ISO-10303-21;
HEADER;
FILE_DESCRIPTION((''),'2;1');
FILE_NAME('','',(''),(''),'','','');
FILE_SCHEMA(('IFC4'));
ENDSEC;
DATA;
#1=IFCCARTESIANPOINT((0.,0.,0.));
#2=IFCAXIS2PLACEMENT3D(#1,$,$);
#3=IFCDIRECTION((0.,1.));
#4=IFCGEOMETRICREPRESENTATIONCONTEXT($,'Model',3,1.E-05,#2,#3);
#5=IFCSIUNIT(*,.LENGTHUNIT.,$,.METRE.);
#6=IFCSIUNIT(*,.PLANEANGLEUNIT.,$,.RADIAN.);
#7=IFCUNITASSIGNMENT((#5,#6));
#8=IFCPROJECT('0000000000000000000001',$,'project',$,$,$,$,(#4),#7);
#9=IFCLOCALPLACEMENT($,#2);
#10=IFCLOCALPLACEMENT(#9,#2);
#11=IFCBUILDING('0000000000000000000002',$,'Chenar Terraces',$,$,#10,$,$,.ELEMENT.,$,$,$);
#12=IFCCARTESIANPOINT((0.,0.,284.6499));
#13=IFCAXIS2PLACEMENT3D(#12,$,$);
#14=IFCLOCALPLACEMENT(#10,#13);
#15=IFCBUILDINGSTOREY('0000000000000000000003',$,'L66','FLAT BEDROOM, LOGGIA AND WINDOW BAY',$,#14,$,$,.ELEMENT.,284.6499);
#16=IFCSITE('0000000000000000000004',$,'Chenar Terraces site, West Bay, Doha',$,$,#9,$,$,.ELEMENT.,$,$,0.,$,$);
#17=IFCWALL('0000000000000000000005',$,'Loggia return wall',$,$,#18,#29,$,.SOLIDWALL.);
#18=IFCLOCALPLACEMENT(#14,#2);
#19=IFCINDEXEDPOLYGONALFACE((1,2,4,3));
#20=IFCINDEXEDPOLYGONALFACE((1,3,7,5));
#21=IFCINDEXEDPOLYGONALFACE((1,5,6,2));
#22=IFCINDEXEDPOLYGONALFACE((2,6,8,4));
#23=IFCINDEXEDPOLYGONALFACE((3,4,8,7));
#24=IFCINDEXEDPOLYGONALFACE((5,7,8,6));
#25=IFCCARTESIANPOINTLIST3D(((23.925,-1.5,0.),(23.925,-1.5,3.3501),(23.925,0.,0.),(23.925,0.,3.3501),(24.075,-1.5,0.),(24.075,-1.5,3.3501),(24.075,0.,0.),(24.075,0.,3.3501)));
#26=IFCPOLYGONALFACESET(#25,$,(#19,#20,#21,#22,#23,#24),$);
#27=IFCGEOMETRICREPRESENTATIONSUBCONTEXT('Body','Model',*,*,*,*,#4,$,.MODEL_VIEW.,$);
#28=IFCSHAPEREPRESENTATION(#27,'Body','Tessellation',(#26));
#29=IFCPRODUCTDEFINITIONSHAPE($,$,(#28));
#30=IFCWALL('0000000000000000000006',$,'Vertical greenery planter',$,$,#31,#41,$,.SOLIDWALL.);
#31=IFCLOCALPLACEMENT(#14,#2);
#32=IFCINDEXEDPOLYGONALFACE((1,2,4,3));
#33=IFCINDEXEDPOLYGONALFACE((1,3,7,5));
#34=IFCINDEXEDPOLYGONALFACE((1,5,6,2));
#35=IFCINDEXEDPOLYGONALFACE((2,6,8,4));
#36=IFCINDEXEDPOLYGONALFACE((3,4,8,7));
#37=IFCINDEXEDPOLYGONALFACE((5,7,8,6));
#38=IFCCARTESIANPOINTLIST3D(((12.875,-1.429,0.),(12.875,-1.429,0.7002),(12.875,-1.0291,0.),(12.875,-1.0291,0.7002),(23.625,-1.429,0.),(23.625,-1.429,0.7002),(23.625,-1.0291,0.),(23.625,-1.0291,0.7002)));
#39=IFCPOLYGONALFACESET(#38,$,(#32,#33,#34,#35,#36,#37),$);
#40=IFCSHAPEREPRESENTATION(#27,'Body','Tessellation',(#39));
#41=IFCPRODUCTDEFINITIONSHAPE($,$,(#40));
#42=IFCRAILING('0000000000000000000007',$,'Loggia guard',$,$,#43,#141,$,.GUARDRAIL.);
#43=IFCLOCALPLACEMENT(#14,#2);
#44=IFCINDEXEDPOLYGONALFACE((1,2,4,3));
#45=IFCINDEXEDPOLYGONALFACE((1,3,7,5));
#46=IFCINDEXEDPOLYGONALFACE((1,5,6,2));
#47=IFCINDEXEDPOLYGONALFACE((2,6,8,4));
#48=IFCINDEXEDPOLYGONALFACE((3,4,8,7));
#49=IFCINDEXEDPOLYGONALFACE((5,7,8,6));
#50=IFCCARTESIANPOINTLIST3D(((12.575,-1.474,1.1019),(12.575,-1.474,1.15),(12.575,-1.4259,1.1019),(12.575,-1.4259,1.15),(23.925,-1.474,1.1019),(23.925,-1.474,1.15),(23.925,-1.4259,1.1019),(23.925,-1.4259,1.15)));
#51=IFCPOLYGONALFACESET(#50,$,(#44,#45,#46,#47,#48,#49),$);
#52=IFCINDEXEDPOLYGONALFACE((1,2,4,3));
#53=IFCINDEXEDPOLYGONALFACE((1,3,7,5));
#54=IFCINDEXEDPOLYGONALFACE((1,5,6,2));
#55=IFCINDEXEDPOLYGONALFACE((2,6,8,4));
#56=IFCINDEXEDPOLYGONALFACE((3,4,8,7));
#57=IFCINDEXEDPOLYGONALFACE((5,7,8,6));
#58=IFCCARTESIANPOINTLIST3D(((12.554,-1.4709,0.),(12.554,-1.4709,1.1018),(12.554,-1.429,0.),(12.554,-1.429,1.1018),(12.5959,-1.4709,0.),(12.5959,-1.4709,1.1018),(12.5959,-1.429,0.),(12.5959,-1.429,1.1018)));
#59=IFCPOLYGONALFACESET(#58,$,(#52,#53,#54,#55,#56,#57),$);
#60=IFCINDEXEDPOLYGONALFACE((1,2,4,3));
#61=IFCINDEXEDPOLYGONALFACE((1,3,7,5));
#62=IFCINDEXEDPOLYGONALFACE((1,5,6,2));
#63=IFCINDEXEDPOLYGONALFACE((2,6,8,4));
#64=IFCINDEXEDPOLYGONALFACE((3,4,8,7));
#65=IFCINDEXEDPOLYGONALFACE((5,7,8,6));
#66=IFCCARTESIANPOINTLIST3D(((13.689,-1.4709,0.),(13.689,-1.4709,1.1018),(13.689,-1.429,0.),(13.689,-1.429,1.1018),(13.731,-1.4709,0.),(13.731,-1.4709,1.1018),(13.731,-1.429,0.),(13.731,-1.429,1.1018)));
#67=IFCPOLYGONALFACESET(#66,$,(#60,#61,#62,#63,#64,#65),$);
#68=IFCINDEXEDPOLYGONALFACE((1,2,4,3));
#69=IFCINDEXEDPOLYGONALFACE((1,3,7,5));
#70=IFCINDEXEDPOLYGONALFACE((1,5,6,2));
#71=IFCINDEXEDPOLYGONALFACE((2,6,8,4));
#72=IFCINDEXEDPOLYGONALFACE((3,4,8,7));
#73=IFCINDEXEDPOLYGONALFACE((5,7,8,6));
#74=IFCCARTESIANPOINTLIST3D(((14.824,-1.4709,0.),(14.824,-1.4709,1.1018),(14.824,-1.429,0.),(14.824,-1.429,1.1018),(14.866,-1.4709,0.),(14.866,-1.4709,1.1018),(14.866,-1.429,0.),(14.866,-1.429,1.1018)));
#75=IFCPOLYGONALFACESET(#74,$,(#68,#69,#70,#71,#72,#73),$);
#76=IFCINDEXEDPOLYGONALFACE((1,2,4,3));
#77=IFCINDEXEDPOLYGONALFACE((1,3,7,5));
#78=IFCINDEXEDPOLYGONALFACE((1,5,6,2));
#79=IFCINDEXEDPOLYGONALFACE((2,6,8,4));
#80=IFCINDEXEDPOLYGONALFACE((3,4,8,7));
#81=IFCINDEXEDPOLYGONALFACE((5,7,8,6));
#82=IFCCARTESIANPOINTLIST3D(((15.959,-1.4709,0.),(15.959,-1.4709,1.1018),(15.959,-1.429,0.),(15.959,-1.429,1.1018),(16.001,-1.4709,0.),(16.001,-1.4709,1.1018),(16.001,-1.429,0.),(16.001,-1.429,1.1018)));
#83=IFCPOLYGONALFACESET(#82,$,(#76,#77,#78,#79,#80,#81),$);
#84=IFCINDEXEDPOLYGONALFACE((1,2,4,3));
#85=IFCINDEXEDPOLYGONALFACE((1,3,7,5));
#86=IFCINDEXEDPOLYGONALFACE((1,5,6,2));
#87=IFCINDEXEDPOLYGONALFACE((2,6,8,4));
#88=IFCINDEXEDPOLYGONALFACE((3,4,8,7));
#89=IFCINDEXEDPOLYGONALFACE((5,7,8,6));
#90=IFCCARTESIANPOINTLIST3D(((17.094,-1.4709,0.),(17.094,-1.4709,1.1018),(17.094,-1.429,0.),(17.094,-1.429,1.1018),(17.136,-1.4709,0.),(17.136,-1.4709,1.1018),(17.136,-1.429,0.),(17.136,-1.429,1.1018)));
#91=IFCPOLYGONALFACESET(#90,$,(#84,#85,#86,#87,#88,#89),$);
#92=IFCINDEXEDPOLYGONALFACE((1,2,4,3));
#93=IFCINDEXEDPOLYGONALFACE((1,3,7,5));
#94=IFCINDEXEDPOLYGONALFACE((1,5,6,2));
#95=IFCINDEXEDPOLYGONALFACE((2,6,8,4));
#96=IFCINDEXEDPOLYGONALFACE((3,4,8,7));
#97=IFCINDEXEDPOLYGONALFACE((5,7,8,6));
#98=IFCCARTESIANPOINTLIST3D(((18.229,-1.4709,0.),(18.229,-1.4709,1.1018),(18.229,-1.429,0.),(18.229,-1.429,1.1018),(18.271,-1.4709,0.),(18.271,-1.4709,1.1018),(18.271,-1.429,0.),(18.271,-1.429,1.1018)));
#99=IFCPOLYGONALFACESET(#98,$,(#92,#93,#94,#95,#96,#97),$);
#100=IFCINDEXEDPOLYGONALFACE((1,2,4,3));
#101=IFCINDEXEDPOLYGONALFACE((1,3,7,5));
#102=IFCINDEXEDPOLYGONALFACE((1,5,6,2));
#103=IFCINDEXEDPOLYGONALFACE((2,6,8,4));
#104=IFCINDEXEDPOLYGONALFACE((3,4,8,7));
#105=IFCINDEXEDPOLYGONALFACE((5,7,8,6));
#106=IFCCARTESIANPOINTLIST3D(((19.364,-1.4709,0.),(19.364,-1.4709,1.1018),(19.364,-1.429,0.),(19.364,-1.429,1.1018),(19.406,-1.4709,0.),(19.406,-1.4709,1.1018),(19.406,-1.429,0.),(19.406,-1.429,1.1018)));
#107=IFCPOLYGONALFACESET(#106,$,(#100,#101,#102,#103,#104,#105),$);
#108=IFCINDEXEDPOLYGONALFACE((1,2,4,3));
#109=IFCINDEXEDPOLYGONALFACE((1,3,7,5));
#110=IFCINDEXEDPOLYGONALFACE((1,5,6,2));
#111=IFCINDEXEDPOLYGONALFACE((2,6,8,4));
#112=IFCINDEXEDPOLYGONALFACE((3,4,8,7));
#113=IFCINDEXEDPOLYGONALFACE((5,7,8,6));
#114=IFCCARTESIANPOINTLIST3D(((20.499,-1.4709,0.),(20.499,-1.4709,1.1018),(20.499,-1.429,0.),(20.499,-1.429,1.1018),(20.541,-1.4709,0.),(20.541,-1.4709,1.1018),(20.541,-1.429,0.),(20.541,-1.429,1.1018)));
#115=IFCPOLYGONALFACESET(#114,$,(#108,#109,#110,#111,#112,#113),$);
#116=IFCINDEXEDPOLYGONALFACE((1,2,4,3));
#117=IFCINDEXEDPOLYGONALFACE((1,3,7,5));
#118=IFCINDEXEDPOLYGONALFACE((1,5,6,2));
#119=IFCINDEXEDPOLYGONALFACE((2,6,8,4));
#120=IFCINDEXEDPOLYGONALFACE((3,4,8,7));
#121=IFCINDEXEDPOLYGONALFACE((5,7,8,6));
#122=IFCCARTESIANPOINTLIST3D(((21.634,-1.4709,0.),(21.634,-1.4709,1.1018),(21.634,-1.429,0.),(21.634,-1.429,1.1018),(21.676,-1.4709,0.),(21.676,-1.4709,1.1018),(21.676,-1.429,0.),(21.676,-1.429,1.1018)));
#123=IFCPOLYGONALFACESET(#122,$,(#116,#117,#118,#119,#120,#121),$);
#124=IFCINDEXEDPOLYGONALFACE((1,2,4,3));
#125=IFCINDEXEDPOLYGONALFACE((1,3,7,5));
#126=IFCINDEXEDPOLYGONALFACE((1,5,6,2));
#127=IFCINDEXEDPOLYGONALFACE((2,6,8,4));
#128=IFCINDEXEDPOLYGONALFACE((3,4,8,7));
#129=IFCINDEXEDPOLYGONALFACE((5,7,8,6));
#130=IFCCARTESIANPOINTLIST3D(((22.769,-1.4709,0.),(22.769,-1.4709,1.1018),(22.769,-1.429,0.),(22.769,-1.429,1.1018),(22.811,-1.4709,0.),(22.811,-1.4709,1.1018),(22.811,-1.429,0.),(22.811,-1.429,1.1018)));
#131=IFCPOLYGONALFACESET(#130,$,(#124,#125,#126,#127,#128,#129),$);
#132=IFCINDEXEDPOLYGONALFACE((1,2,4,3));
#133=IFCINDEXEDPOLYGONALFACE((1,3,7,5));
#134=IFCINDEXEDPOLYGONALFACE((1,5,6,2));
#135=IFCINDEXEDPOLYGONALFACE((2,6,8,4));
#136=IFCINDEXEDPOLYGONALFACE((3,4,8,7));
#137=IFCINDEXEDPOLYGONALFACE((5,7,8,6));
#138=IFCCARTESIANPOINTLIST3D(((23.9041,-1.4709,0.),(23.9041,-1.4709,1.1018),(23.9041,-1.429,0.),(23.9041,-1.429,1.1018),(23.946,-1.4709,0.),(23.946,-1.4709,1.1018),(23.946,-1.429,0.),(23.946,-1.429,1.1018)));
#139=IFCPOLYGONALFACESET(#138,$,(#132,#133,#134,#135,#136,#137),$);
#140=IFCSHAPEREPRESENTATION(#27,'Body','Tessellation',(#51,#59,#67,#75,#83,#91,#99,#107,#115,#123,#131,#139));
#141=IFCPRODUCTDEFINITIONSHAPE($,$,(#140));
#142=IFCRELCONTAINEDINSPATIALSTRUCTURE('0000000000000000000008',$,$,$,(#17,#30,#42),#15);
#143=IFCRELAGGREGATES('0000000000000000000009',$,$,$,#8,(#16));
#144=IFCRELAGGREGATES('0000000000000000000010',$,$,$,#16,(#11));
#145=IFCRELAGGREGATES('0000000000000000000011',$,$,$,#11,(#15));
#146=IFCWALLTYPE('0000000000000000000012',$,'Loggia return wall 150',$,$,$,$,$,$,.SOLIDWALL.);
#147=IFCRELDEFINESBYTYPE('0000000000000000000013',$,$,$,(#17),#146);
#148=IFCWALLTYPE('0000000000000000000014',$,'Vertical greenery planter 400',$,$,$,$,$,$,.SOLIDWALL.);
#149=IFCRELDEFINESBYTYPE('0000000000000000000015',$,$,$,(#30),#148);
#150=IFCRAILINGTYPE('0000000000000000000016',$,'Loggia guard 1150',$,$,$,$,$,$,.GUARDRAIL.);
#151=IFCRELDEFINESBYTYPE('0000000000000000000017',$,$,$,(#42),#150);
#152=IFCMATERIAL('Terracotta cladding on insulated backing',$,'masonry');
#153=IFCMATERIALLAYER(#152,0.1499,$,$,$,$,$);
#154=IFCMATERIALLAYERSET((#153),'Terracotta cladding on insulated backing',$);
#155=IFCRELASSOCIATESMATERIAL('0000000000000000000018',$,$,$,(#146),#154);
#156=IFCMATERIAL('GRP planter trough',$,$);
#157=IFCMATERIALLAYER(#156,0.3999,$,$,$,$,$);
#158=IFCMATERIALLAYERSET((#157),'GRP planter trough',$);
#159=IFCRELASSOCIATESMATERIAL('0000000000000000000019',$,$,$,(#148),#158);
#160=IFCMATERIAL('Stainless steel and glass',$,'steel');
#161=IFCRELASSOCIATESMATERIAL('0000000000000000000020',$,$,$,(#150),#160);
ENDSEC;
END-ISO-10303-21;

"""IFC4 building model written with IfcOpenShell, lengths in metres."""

from ifc_helpers import new_model, si_unit, direction, frame, frame_2d, origin, origin_2d, place, context, subcontext, project, spatial, rectangle, extrude, material, layer, layer_set, type_object, element, save


model = new_model("IFC4")

# Units and contexts
model_context = context("Model", 3, precision=1e-05, world=origin(), true_north=direction((0.0, 1.0)))
body_context = subcontext(model_context, "Body", "Model", "MODEL_VIEW")
ifc_project = project(units=[si_unit("LENGTHUNIT", "METRE"), si_unit("PLANEANGLEUNIT", "RADIAN")], contexts=[model_context])

# Site, building, storey
site_placement = place(None, origin())
site = spatial("IfcSite", under=ifc_project, at=site_placement, Name="Chenar Terraces site, West Bay, Doha", CompositionType="ELEMENT", RefElevation=0.0)
building_placement = place(site_placement, origin())
building = spatial("IfcBuilding", under=site, at=building_placement, Name="Chenar Terraces", CompositionType="ELEMENT")
storey_placement = place(building_placement, frame((0.0, 0.0, 284.6499)))
storey = spatial("IfcBuildingStorey", under=building, at=storey_placement, Name="L66", Description="FLAT BEDROOM, LOGGIA AND WINDOW BAY", CompositionType="ELEMENT", Elevation=284.6499)

# Walls
ifc_material_1 = material(Name="Terracotta cladding on insulated backing", Category="masonry")
ifc_layer_1 = layer(ifc_material_1, 0.1499)
ifc_layer_set_1 = layer_set([ifc_layer_1], Name="Terracotta cladding on insulated backing")
wall_type_1 = type_object("IfcWallType", Name="Loggia return wall 150", PredefinedType="SOLIDWALL", material=ifc_layer_set_1)
for number, where, z_axis, x_axis, name in (
    (1, (24.0, -1.5, 0.0), (0.0, 0.0, 1.0), (0.0, 1.0, 0.0), "Loggia return wall"),
):
    element("IfcWall", number, at=place(storey_placement, frame(where, z_axis=z_axis, x_axis=x_axis)), inside=storey, type_object=wall_type_1, Name=name, PredefinedType="SOLIDWALL", context=body_context, shape_type="SweptSolid", body=[
        extrude(rectangle(XDim=1.5, YDim=0.1499, at=frame_2d((0.75, 0.0))), origin(), (0.0, 0.0, 1.0), 3.3501),
    ])
ifc_material_2 = material(Name="GRP planter trough")
ifc_layer_2 = layer(ifc_material_2, 0.3999)
ifc_layer_set_2 = layer_set([ifc_layer_2], Name="GRP planter trough")
wall_type_2 = type_object("IfcWallType", Name="Vertical greenery planter 400", PredefinedType="SOLIDWALL", material=ifc_layer_set_2)
wall_1_placement = place(storey_placement, frame((12.875, -1.229, 0.0), z_axis=(0.0, 0.0, 1.0), x_axis=(1.0, 0.0, 0.0)))
element("IfcWall", 2, at=wall_1_placement, inside=storey, type_object=wall_type_2, Name="Vertical greenery planter", PredefinedType="SOLIDWALL", context=body_context, shape_type="SweptSolid", body=[
    extrude(rectangle(XDim=10.75, YDim=0.3999, at=frame_2d((5.375, 0.0))), origin(), (0.0, 0.0, 1.0), 0.7002),
])

# Railing
ifc_material_3 = material(Name="Stainless steel and glass", Category="steel")
railing_type = type_object("IfcRailingType", Name="Loggia guard 1150", PredefinedType="GUARDRAIL", material=ifc_material_3)
railing_placement = place(storey_placement, frame((12.575, -1.45, 0.0)))
element("IfcRailing", 3, at=railing_placement, inside=storey, type_object=railing_type, Name="Loggia guard", PredefinedType="GUARDRAIL", context=body_context, shape_type="SweptSolid", body=[
    extrude(rectangle(XDim=0.0481, YDim=0.0481, at=origin_2d()), frame((0.0, 0.0, 1.126), z_axis=(1.0, 0.0, 0.0), x_axis=(0.0, 1.0, 0.0)), (0.0, 0.0, 1.0), 11.3501),
    extrude(rectangle(XDim=0.042, YDim=0.042, at=origin_2d()), origin(), (0.0, 0.0, 1.0), 1.1018),
    extrude(rectangle(XDim=0.042, YDim=0.042, at=origin_2d()), frame((1.135, 0.0, 0.0)), (0.0, 0.0, 1.0), 1.1018),
    extrude(rectangle(XDim=0.042, YDim=0.042, at=origin_2d()), frame((2.27, 0.0, 0.0)), (0.0, 0.0, 1.0), 1.1018),
    extrude(rectangle(XDim=0.042, YDim=0.042, at=origin_2d()), frame((3.405, 0.0, 0.0)), (0.0, 0.0, 1.0), 1.1018),
    extrude(rectangle(XDim=0.042, YDim=0.042, at=origin_2d()), frame((4.54, 0.0, 0.0)), (0.0, 0.0, 1.0), 1.1018),
    extrude(rectangle(XDim=0.042, YDim=0.042, at=origin_2d()), frame((5.675, 0.0, 0.0)), (0.0, 0.0, 1.0), 1.1018),
    extrude(rectangle(XDim=0.042, YDim=0.042, at=origin_2d()), frame((6.8101, 0.0, 0.0)), (0.0, 0.0, 1.0), 1.1018),
    extrude(rectangle(XDim=0.042, YDim=0.042, at=origin_2d()), frame((7.9451, 0.0, 0.0)), (0.0, 0.0, 1.0), 1.1018),
    extrude(rectangle(XDim=0.042, YDim=0.042, at=origin_2d()), frame((9.0801, 0.0, 0.0)), (0.0, 0.0, 1.0), 1.1018),
    extrude(rectangle(XDim=0.042, YDim=0.042, at=origin_2d()), frame((10.2151, 0.0, 0.0)), (0.0, 0.0, 1.0), 1.1018),
    extrude(rectangle(XDim=0.042, YDim=0.042, at=origin_2d()), frame((11.3501, 0.0, 0.0)), (0.0, 0.0, 1.0), 1.1018),
])

save(model, "model.ifc")
